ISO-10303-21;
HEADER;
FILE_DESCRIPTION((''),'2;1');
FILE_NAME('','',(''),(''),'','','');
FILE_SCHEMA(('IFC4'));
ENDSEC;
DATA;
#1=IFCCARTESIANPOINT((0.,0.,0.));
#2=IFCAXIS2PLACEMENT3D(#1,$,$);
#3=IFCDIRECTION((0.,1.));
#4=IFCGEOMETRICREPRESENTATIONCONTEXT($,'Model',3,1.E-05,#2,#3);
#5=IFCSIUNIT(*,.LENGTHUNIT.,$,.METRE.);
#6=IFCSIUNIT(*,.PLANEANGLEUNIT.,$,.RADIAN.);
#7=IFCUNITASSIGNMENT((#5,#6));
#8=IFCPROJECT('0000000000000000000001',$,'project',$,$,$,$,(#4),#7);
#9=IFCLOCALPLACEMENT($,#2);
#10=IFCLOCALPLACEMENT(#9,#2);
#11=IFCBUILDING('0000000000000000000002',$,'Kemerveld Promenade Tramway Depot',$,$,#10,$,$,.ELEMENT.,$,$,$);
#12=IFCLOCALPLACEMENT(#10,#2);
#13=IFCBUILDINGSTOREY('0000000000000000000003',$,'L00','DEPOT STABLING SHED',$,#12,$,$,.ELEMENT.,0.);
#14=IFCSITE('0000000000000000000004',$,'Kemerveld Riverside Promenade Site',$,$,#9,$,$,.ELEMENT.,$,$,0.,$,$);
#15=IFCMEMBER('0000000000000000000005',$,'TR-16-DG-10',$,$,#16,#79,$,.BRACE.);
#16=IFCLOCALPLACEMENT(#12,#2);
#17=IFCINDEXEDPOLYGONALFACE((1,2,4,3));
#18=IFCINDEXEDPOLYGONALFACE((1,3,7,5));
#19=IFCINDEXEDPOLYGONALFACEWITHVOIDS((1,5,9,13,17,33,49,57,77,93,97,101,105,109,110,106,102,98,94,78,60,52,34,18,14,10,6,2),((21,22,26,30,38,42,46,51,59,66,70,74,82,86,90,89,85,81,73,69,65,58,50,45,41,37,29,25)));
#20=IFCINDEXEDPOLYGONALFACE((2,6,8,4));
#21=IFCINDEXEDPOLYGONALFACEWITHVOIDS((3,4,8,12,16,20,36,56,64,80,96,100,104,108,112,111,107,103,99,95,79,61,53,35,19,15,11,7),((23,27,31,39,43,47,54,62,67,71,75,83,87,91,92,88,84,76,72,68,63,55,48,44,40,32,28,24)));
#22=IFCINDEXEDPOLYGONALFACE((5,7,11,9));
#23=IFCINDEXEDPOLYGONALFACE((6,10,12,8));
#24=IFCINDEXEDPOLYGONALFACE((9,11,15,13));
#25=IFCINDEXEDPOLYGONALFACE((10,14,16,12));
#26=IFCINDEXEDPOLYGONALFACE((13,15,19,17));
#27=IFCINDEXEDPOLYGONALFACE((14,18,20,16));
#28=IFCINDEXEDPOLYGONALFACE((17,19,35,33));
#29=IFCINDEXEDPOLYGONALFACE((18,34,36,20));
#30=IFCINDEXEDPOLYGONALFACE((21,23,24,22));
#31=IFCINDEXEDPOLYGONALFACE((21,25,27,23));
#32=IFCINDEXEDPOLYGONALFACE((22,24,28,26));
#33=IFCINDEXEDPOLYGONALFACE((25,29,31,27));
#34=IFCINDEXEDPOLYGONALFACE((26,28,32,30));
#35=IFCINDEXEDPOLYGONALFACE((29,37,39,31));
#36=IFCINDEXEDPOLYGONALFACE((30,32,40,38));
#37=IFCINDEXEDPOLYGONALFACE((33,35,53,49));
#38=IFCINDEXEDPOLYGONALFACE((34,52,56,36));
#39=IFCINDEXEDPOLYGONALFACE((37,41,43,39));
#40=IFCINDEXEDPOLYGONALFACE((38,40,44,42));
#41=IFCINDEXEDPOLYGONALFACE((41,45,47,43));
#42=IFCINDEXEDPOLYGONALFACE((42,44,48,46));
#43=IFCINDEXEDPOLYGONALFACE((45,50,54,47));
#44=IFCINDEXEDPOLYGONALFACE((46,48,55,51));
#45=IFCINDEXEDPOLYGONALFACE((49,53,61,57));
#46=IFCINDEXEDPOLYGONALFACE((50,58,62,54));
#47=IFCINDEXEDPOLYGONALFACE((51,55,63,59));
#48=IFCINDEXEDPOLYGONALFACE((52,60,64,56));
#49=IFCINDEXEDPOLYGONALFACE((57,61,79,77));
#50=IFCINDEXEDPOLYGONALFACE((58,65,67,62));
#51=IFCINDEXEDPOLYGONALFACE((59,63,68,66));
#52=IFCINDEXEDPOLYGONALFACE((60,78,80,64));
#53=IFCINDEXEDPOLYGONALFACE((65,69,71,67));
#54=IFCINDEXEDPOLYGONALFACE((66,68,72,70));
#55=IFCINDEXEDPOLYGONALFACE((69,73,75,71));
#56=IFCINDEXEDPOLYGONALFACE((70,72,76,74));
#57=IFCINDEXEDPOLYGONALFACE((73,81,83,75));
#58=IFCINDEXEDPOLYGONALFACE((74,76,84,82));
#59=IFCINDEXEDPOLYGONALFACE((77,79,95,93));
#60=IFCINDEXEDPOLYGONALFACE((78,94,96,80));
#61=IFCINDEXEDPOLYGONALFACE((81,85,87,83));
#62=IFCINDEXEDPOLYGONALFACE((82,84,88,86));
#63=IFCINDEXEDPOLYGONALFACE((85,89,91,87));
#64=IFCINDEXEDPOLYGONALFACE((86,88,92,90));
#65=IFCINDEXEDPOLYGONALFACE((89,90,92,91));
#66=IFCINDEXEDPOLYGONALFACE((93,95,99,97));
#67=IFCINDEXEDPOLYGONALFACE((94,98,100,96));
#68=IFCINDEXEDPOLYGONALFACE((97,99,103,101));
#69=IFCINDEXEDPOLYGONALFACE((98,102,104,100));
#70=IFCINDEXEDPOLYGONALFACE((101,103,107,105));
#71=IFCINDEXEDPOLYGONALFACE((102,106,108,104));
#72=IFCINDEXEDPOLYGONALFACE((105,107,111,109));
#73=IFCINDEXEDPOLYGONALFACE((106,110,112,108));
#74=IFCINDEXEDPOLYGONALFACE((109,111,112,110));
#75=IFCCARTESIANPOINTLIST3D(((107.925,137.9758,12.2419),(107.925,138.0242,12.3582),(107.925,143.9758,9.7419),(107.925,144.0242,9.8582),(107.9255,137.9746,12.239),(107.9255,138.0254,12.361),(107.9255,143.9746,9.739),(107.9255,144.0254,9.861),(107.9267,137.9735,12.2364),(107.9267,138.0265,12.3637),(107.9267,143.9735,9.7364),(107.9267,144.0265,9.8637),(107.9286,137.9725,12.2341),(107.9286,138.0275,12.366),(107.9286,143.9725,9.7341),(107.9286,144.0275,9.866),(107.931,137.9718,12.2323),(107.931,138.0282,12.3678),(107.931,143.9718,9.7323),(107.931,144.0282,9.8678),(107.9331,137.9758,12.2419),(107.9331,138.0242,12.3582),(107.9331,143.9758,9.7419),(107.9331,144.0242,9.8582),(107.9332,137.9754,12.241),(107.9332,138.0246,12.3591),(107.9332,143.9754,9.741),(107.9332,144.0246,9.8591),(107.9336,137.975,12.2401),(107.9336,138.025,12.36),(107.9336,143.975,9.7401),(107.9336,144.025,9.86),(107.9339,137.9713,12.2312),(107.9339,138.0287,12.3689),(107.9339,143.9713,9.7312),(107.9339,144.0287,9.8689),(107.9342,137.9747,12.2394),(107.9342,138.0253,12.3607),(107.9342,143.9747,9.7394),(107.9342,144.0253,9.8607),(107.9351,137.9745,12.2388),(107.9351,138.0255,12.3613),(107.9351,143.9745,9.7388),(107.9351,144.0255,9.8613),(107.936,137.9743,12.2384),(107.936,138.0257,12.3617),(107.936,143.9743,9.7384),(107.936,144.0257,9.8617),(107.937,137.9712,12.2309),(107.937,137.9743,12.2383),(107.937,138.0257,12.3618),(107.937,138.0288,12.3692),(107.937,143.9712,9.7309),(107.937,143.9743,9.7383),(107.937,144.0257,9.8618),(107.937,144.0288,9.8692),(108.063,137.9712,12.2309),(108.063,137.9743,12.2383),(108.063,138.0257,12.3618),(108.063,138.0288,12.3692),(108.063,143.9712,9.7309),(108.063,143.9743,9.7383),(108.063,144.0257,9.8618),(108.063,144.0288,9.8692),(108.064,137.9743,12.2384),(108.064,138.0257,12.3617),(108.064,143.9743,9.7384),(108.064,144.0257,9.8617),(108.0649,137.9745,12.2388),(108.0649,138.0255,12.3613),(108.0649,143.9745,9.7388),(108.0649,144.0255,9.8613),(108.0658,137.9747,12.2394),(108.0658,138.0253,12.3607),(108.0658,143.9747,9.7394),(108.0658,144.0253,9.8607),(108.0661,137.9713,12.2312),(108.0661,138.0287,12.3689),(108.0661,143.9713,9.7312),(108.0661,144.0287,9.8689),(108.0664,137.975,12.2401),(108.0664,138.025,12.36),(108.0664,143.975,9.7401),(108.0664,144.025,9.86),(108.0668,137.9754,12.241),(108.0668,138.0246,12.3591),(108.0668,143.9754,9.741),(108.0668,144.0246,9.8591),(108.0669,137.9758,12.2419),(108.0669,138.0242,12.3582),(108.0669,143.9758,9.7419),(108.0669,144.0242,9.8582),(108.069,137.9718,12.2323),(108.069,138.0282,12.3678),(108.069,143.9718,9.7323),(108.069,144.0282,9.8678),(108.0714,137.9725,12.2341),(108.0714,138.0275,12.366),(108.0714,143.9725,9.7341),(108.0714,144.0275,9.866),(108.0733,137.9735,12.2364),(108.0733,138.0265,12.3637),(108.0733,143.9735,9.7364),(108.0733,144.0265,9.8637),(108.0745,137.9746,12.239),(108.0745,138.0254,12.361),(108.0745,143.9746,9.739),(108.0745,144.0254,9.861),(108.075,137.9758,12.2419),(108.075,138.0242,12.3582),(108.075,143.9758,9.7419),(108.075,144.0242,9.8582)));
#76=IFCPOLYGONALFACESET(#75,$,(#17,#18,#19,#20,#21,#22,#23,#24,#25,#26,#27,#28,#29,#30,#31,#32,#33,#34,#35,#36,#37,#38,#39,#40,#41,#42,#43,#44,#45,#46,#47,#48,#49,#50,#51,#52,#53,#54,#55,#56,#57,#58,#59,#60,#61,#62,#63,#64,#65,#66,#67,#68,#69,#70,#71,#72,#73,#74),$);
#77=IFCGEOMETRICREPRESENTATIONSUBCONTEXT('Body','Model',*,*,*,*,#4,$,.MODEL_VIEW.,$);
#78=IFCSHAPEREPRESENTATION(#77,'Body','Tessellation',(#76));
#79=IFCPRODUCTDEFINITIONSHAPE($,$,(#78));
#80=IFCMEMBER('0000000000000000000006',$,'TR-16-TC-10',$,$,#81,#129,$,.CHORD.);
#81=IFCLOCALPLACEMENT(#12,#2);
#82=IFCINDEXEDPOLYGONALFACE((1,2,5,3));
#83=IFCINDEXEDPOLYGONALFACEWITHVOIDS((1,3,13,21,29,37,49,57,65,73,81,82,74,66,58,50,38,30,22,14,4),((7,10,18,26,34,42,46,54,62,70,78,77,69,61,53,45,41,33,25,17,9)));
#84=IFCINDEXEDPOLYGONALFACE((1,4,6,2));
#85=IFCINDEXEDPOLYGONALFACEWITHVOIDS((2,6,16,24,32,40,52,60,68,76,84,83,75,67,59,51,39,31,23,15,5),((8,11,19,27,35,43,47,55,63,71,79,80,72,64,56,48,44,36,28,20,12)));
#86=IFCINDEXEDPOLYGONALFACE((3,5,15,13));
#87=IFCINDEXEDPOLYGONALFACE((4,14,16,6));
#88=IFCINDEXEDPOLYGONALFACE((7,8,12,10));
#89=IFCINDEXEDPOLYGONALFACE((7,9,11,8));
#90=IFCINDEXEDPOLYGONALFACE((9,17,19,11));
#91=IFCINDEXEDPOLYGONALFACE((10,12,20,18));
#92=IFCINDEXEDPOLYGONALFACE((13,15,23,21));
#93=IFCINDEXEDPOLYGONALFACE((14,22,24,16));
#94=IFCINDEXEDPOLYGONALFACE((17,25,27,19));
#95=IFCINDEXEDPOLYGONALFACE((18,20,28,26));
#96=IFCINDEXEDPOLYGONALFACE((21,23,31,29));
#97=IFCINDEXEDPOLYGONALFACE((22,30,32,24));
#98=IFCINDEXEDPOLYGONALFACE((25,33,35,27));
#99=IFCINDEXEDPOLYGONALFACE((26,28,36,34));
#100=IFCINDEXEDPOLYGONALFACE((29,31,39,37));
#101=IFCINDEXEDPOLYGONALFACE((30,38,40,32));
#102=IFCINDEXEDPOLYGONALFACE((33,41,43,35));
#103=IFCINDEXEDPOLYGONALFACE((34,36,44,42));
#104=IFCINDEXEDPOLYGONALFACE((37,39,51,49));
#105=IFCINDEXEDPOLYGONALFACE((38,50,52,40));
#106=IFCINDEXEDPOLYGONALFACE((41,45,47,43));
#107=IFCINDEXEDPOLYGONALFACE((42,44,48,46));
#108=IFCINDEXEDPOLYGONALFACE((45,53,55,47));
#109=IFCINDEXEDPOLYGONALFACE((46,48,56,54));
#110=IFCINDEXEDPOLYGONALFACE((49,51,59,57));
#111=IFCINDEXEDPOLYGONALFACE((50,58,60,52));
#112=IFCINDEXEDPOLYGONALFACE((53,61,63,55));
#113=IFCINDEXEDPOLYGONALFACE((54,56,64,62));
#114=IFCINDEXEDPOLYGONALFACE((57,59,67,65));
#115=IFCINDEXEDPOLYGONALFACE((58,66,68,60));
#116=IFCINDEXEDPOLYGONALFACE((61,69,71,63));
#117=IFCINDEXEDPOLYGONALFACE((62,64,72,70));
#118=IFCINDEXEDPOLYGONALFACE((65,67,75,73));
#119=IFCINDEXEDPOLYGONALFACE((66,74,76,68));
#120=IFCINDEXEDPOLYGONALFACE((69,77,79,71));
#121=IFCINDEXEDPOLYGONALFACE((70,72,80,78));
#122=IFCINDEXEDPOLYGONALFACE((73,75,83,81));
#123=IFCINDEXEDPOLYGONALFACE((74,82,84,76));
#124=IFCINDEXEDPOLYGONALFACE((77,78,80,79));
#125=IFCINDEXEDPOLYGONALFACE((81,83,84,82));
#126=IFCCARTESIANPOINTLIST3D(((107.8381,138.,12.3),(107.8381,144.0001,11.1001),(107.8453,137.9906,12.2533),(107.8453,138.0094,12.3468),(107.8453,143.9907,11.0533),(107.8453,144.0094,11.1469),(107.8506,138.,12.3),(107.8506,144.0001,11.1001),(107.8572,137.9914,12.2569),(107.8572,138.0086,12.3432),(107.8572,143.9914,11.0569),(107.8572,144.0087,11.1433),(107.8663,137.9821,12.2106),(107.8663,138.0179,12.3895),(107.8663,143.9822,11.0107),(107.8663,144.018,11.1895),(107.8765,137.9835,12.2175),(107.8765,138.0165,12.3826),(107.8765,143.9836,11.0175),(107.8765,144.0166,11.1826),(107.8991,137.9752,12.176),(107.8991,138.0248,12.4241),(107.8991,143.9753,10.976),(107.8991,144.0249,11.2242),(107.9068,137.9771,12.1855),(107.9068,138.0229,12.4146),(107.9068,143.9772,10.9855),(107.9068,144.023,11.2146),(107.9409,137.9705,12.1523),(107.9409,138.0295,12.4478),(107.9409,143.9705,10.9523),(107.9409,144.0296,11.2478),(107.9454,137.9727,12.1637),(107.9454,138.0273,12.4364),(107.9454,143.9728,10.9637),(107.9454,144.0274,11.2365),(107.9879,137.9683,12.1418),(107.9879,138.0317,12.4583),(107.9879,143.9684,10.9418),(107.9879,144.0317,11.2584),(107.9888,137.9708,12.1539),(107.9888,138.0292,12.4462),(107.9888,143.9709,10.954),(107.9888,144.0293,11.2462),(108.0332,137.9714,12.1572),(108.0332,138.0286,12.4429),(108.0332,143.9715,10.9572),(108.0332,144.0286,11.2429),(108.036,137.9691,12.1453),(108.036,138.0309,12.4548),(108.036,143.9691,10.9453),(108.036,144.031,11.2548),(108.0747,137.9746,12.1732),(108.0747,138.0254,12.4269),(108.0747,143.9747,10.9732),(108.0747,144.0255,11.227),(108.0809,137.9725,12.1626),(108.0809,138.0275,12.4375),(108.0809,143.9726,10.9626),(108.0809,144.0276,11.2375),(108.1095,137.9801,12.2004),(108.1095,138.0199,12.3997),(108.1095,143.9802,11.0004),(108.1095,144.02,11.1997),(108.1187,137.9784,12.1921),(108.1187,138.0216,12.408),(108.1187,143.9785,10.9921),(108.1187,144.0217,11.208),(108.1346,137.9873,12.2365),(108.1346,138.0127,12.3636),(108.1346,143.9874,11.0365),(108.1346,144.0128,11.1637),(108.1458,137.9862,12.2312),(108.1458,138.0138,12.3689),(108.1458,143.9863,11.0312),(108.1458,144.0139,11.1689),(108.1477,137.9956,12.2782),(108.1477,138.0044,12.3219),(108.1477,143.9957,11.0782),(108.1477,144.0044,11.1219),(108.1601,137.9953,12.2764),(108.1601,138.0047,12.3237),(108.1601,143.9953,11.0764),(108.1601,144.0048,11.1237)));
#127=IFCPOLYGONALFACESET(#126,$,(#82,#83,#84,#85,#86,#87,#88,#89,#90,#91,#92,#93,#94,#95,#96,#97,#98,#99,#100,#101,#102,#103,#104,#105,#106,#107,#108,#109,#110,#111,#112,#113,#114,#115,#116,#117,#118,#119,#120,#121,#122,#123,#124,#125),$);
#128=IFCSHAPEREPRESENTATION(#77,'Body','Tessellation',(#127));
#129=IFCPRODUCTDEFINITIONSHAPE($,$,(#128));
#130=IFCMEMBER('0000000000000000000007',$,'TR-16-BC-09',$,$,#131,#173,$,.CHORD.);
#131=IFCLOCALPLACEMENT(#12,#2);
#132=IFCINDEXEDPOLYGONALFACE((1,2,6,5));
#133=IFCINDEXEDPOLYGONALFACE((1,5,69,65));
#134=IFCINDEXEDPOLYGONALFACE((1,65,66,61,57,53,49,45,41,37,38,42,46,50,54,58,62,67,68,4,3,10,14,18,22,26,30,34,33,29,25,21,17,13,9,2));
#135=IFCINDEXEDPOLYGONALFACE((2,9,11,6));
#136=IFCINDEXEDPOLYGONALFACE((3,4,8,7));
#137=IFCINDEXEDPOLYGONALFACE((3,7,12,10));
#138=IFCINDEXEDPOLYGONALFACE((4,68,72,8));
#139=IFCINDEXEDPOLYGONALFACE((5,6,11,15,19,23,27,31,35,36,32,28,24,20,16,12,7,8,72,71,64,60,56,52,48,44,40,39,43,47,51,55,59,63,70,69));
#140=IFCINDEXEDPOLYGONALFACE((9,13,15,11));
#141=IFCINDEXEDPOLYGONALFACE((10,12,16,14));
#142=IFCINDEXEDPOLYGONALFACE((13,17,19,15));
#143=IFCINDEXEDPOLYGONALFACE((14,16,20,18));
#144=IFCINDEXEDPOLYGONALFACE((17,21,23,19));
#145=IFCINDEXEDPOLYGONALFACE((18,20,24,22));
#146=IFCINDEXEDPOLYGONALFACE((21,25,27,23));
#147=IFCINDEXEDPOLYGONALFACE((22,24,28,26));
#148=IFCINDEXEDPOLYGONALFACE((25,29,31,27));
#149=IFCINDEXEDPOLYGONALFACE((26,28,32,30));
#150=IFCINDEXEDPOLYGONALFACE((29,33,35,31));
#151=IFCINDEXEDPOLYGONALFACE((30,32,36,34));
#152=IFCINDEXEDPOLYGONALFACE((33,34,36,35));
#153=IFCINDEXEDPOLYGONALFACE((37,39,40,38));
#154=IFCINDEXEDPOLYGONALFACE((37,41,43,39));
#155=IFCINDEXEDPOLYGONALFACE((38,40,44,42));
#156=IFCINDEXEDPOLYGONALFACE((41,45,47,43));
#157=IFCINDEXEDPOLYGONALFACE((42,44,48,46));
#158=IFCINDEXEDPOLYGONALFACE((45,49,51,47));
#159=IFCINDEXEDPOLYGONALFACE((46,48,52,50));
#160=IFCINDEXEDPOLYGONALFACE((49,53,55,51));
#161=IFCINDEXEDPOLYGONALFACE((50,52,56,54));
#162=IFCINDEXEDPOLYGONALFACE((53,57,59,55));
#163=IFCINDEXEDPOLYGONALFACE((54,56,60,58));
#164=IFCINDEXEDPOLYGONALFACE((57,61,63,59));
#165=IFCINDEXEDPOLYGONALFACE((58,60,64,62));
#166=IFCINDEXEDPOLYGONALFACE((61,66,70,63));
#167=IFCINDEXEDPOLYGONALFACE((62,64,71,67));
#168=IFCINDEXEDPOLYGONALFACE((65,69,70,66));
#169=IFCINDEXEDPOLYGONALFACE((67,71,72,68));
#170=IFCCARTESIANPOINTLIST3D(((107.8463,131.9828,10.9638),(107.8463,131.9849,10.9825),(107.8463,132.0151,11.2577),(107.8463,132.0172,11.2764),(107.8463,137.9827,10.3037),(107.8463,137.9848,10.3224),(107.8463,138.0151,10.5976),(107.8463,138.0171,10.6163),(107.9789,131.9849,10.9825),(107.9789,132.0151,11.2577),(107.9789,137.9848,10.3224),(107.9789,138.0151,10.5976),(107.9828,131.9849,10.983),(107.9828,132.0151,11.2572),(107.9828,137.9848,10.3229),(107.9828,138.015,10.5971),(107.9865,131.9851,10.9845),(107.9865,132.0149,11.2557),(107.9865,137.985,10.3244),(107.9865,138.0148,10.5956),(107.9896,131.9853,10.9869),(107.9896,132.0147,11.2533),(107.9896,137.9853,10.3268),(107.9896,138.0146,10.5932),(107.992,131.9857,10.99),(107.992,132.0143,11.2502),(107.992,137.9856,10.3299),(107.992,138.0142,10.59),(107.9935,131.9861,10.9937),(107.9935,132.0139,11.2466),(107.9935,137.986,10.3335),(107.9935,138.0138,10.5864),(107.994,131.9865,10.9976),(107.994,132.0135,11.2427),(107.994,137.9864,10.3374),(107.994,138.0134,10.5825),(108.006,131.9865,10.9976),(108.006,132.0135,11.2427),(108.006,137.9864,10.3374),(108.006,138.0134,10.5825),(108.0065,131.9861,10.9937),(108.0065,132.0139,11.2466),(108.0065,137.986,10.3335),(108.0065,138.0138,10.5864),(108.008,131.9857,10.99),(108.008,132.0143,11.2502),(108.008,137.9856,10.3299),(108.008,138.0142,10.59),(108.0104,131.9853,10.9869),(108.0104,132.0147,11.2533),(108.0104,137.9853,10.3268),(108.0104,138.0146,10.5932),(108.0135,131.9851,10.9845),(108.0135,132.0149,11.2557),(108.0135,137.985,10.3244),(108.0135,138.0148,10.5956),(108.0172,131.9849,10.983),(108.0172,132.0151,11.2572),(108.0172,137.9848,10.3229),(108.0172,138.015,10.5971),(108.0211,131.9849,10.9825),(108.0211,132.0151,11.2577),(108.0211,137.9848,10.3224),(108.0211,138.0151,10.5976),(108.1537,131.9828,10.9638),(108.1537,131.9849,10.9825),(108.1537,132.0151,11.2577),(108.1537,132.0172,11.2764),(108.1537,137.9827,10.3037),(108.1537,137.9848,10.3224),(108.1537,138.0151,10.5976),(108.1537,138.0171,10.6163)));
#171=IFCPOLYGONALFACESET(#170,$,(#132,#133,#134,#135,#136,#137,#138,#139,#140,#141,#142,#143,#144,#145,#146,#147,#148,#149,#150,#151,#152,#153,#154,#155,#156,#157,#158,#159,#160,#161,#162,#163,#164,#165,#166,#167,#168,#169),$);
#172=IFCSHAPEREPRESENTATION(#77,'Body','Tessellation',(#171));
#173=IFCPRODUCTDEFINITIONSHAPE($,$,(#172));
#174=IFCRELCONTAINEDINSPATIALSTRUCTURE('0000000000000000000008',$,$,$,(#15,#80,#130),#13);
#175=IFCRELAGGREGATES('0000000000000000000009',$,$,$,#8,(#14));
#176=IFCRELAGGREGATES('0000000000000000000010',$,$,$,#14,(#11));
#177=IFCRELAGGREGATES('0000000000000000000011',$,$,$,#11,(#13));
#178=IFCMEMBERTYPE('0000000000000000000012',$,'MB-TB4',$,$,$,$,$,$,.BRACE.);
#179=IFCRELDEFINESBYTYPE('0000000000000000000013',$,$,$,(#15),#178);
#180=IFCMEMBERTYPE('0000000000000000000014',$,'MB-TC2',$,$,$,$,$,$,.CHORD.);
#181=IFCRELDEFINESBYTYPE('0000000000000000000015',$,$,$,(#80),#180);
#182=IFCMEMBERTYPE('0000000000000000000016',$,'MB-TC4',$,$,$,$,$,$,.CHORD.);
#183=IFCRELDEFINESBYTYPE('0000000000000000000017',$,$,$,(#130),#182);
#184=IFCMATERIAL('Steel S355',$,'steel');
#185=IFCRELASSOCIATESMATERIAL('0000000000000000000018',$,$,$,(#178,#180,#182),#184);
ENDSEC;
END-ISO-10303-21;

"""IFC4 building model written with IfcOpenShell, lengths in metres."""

from ifc_helpers import new_model, si_unit, direction, frame, origin, origin_2d, place, context, subcontext, project, spatial, hollow_rectangle, hollow_circle, i_section, extrude, material, material_profile, profile_set, type_object, element, save


model = new_model("IFC4")

# Units and contexts
model_context = context("Model", 3, precision=1e-05, world=origin(), true_north=direction((0.0, 1.0)))
body_context = subcontext(model_context, "Body", "Model", "MODEL_VIEW")
ifc_project = project(units=[si_unit("LENGTHUNIT", "METRE"), si_unit("PLANEANGLEUNIT", "RADIAN")], contexts=[model_context])

# Site, building, storey
site_placement = place(None, origin())
site = spatial("IfcSite", under=ifc_project, at=site_placement, Name="Kemerveld Riverside Promenade Site", CompositionType="ELEMENT", RefElevation=0.0)
building_placement = place(site_placement, origin())
building = spatial("IfcBuilding", under=site, at=building_placement, Name="Kemerveld Promenade Tramway Depot", CompositionType="ELEMENT")
storey_placement = place(building_placement, origin())
storey = spatial("IfcBuildingStorey", under=building, at=storey_placement, Name="L00", Description="DEPOT STABLING SHED", CompositionType="ELEMENT", Elevation=0.0)

# Shared definitions
ifc_material_1 = material(Name="Steel S355", Category="steel")

# Members
ifc_material_profile_1 = material_profile(ifc_material_1, hollow_rectangle(XDim=0.1499, YDim=0.1499, WallThickness=0.0081, InnerFilletRadius=0.0039, OuterFilletRadius=0.012, at=origin_2d()), Name="150x150x8.0 SHS")
ifc_profile_set_1 = profile_set([ifc_material_profile_1], Name="Steel S355")
member_type_1 = type_object("IfcMemberType", Name="MB-TB4", PredefinedType="BRACE", material=ifc_profile_set_1)
member_1_placement = place(storey_placement, frame((108.0, 144.0, 9.8), z_axis=(0.0, -0.923077, 0.384615), x_axis=(1.0, 0.0, 0.0)))
element("IfcMember", 1, at=member_1_placement, inside=storey, type_object=member_type_1, Name="TR-16-DG-10", PredefinedType="BRACE", context=body_context, shape_type="SweptSolid", body=[
    extrude(hollow_rectangle(XDim=0.1499, YDim=0.1499, WallThickness=0.0081, InnerFilletRadius=0.0039, OuterFilletRadius=0.012, at=origin_2d()), origin(), (0.0, 0.0, 1.0), 6.5),
])
ifc_material_profile_2 = material_profile(ifc_material_1, hollow_circle(Radius=0.1619, WallThickness=0.0125, at=origin_2d()), Name="323.9x12.5 CHS")
ifc_profile_set_2 = profile_set([ifc_material_profile_2], Name="Steel S355")
member_type_2 = type_object("IfcMemberType", Name="MB-TC2", PredefinedType="CHORD", material=ifc_profile_set_2)
member_2_placement = place(storey_placement, frame((108.0, 138.0, 12.3), z_axis=(0.0, 0.980582, -0.196108), x_axis=(-1.0, 0.0, 0.0)))
element("IfcMember", 2, at=member_2_placement, inside=storey, type_object=member_type_2, Name="TR-16-TC-10", PredefinedType="CHORD", context=body_context, shape_type="SweptSolid", body=[
    extrude(hollow_circle(Radius=0.1619, WallThickness=0.0125, at=origin_2d()), origin(), (0.0, 0.0, 1.0), 6.1189),
])
ifc_material_profile_3 = material_profile(ifc_material_1, i_section(OverallWidth=0.3074, OverallDepth=0.3145, WebThickness=0.012, FlangeThickness=0.0188, FilletRadius=0.0151, at=origin_2d()), Name="305x305x118 UC")
ifc_profile_set_3 = profile_set([ifc_material_profile_3], Name="Steel S355")
member_type_3 = type_object("IfcMemberType", Name="MB-TC4", PredefinedType="CHORD", material=ifc_profile_set_3)
for number, where, z_axis, x_axis, name in (
    (3, (108.0, 132.0, 11.1201), (0.0, 0.994002, -0.109366), (-1.0, 0.0, 0.0), "TR-16-BC-09"),
):
    element("IfcMember", number, at=place(storey_placement, frame(where, z_axis=z_axis, x_axis=x_axis)), inside=storey, type_object=member_type_3, Name=name, PredefinedType="CHORD", context=body_context, shape_type="SweptSolid", body=[
        extrude(i_section(OverallWidth=0.3074, OverallDepth=0.3145, WebThickness=0.012, FlangeThickness=0.0188, FilletRadius=0.0151, at=origin_2d()), origin(), (0.0, 0.0, 1.0), 6.0361),
    ])

save(model, "model.ifc")
